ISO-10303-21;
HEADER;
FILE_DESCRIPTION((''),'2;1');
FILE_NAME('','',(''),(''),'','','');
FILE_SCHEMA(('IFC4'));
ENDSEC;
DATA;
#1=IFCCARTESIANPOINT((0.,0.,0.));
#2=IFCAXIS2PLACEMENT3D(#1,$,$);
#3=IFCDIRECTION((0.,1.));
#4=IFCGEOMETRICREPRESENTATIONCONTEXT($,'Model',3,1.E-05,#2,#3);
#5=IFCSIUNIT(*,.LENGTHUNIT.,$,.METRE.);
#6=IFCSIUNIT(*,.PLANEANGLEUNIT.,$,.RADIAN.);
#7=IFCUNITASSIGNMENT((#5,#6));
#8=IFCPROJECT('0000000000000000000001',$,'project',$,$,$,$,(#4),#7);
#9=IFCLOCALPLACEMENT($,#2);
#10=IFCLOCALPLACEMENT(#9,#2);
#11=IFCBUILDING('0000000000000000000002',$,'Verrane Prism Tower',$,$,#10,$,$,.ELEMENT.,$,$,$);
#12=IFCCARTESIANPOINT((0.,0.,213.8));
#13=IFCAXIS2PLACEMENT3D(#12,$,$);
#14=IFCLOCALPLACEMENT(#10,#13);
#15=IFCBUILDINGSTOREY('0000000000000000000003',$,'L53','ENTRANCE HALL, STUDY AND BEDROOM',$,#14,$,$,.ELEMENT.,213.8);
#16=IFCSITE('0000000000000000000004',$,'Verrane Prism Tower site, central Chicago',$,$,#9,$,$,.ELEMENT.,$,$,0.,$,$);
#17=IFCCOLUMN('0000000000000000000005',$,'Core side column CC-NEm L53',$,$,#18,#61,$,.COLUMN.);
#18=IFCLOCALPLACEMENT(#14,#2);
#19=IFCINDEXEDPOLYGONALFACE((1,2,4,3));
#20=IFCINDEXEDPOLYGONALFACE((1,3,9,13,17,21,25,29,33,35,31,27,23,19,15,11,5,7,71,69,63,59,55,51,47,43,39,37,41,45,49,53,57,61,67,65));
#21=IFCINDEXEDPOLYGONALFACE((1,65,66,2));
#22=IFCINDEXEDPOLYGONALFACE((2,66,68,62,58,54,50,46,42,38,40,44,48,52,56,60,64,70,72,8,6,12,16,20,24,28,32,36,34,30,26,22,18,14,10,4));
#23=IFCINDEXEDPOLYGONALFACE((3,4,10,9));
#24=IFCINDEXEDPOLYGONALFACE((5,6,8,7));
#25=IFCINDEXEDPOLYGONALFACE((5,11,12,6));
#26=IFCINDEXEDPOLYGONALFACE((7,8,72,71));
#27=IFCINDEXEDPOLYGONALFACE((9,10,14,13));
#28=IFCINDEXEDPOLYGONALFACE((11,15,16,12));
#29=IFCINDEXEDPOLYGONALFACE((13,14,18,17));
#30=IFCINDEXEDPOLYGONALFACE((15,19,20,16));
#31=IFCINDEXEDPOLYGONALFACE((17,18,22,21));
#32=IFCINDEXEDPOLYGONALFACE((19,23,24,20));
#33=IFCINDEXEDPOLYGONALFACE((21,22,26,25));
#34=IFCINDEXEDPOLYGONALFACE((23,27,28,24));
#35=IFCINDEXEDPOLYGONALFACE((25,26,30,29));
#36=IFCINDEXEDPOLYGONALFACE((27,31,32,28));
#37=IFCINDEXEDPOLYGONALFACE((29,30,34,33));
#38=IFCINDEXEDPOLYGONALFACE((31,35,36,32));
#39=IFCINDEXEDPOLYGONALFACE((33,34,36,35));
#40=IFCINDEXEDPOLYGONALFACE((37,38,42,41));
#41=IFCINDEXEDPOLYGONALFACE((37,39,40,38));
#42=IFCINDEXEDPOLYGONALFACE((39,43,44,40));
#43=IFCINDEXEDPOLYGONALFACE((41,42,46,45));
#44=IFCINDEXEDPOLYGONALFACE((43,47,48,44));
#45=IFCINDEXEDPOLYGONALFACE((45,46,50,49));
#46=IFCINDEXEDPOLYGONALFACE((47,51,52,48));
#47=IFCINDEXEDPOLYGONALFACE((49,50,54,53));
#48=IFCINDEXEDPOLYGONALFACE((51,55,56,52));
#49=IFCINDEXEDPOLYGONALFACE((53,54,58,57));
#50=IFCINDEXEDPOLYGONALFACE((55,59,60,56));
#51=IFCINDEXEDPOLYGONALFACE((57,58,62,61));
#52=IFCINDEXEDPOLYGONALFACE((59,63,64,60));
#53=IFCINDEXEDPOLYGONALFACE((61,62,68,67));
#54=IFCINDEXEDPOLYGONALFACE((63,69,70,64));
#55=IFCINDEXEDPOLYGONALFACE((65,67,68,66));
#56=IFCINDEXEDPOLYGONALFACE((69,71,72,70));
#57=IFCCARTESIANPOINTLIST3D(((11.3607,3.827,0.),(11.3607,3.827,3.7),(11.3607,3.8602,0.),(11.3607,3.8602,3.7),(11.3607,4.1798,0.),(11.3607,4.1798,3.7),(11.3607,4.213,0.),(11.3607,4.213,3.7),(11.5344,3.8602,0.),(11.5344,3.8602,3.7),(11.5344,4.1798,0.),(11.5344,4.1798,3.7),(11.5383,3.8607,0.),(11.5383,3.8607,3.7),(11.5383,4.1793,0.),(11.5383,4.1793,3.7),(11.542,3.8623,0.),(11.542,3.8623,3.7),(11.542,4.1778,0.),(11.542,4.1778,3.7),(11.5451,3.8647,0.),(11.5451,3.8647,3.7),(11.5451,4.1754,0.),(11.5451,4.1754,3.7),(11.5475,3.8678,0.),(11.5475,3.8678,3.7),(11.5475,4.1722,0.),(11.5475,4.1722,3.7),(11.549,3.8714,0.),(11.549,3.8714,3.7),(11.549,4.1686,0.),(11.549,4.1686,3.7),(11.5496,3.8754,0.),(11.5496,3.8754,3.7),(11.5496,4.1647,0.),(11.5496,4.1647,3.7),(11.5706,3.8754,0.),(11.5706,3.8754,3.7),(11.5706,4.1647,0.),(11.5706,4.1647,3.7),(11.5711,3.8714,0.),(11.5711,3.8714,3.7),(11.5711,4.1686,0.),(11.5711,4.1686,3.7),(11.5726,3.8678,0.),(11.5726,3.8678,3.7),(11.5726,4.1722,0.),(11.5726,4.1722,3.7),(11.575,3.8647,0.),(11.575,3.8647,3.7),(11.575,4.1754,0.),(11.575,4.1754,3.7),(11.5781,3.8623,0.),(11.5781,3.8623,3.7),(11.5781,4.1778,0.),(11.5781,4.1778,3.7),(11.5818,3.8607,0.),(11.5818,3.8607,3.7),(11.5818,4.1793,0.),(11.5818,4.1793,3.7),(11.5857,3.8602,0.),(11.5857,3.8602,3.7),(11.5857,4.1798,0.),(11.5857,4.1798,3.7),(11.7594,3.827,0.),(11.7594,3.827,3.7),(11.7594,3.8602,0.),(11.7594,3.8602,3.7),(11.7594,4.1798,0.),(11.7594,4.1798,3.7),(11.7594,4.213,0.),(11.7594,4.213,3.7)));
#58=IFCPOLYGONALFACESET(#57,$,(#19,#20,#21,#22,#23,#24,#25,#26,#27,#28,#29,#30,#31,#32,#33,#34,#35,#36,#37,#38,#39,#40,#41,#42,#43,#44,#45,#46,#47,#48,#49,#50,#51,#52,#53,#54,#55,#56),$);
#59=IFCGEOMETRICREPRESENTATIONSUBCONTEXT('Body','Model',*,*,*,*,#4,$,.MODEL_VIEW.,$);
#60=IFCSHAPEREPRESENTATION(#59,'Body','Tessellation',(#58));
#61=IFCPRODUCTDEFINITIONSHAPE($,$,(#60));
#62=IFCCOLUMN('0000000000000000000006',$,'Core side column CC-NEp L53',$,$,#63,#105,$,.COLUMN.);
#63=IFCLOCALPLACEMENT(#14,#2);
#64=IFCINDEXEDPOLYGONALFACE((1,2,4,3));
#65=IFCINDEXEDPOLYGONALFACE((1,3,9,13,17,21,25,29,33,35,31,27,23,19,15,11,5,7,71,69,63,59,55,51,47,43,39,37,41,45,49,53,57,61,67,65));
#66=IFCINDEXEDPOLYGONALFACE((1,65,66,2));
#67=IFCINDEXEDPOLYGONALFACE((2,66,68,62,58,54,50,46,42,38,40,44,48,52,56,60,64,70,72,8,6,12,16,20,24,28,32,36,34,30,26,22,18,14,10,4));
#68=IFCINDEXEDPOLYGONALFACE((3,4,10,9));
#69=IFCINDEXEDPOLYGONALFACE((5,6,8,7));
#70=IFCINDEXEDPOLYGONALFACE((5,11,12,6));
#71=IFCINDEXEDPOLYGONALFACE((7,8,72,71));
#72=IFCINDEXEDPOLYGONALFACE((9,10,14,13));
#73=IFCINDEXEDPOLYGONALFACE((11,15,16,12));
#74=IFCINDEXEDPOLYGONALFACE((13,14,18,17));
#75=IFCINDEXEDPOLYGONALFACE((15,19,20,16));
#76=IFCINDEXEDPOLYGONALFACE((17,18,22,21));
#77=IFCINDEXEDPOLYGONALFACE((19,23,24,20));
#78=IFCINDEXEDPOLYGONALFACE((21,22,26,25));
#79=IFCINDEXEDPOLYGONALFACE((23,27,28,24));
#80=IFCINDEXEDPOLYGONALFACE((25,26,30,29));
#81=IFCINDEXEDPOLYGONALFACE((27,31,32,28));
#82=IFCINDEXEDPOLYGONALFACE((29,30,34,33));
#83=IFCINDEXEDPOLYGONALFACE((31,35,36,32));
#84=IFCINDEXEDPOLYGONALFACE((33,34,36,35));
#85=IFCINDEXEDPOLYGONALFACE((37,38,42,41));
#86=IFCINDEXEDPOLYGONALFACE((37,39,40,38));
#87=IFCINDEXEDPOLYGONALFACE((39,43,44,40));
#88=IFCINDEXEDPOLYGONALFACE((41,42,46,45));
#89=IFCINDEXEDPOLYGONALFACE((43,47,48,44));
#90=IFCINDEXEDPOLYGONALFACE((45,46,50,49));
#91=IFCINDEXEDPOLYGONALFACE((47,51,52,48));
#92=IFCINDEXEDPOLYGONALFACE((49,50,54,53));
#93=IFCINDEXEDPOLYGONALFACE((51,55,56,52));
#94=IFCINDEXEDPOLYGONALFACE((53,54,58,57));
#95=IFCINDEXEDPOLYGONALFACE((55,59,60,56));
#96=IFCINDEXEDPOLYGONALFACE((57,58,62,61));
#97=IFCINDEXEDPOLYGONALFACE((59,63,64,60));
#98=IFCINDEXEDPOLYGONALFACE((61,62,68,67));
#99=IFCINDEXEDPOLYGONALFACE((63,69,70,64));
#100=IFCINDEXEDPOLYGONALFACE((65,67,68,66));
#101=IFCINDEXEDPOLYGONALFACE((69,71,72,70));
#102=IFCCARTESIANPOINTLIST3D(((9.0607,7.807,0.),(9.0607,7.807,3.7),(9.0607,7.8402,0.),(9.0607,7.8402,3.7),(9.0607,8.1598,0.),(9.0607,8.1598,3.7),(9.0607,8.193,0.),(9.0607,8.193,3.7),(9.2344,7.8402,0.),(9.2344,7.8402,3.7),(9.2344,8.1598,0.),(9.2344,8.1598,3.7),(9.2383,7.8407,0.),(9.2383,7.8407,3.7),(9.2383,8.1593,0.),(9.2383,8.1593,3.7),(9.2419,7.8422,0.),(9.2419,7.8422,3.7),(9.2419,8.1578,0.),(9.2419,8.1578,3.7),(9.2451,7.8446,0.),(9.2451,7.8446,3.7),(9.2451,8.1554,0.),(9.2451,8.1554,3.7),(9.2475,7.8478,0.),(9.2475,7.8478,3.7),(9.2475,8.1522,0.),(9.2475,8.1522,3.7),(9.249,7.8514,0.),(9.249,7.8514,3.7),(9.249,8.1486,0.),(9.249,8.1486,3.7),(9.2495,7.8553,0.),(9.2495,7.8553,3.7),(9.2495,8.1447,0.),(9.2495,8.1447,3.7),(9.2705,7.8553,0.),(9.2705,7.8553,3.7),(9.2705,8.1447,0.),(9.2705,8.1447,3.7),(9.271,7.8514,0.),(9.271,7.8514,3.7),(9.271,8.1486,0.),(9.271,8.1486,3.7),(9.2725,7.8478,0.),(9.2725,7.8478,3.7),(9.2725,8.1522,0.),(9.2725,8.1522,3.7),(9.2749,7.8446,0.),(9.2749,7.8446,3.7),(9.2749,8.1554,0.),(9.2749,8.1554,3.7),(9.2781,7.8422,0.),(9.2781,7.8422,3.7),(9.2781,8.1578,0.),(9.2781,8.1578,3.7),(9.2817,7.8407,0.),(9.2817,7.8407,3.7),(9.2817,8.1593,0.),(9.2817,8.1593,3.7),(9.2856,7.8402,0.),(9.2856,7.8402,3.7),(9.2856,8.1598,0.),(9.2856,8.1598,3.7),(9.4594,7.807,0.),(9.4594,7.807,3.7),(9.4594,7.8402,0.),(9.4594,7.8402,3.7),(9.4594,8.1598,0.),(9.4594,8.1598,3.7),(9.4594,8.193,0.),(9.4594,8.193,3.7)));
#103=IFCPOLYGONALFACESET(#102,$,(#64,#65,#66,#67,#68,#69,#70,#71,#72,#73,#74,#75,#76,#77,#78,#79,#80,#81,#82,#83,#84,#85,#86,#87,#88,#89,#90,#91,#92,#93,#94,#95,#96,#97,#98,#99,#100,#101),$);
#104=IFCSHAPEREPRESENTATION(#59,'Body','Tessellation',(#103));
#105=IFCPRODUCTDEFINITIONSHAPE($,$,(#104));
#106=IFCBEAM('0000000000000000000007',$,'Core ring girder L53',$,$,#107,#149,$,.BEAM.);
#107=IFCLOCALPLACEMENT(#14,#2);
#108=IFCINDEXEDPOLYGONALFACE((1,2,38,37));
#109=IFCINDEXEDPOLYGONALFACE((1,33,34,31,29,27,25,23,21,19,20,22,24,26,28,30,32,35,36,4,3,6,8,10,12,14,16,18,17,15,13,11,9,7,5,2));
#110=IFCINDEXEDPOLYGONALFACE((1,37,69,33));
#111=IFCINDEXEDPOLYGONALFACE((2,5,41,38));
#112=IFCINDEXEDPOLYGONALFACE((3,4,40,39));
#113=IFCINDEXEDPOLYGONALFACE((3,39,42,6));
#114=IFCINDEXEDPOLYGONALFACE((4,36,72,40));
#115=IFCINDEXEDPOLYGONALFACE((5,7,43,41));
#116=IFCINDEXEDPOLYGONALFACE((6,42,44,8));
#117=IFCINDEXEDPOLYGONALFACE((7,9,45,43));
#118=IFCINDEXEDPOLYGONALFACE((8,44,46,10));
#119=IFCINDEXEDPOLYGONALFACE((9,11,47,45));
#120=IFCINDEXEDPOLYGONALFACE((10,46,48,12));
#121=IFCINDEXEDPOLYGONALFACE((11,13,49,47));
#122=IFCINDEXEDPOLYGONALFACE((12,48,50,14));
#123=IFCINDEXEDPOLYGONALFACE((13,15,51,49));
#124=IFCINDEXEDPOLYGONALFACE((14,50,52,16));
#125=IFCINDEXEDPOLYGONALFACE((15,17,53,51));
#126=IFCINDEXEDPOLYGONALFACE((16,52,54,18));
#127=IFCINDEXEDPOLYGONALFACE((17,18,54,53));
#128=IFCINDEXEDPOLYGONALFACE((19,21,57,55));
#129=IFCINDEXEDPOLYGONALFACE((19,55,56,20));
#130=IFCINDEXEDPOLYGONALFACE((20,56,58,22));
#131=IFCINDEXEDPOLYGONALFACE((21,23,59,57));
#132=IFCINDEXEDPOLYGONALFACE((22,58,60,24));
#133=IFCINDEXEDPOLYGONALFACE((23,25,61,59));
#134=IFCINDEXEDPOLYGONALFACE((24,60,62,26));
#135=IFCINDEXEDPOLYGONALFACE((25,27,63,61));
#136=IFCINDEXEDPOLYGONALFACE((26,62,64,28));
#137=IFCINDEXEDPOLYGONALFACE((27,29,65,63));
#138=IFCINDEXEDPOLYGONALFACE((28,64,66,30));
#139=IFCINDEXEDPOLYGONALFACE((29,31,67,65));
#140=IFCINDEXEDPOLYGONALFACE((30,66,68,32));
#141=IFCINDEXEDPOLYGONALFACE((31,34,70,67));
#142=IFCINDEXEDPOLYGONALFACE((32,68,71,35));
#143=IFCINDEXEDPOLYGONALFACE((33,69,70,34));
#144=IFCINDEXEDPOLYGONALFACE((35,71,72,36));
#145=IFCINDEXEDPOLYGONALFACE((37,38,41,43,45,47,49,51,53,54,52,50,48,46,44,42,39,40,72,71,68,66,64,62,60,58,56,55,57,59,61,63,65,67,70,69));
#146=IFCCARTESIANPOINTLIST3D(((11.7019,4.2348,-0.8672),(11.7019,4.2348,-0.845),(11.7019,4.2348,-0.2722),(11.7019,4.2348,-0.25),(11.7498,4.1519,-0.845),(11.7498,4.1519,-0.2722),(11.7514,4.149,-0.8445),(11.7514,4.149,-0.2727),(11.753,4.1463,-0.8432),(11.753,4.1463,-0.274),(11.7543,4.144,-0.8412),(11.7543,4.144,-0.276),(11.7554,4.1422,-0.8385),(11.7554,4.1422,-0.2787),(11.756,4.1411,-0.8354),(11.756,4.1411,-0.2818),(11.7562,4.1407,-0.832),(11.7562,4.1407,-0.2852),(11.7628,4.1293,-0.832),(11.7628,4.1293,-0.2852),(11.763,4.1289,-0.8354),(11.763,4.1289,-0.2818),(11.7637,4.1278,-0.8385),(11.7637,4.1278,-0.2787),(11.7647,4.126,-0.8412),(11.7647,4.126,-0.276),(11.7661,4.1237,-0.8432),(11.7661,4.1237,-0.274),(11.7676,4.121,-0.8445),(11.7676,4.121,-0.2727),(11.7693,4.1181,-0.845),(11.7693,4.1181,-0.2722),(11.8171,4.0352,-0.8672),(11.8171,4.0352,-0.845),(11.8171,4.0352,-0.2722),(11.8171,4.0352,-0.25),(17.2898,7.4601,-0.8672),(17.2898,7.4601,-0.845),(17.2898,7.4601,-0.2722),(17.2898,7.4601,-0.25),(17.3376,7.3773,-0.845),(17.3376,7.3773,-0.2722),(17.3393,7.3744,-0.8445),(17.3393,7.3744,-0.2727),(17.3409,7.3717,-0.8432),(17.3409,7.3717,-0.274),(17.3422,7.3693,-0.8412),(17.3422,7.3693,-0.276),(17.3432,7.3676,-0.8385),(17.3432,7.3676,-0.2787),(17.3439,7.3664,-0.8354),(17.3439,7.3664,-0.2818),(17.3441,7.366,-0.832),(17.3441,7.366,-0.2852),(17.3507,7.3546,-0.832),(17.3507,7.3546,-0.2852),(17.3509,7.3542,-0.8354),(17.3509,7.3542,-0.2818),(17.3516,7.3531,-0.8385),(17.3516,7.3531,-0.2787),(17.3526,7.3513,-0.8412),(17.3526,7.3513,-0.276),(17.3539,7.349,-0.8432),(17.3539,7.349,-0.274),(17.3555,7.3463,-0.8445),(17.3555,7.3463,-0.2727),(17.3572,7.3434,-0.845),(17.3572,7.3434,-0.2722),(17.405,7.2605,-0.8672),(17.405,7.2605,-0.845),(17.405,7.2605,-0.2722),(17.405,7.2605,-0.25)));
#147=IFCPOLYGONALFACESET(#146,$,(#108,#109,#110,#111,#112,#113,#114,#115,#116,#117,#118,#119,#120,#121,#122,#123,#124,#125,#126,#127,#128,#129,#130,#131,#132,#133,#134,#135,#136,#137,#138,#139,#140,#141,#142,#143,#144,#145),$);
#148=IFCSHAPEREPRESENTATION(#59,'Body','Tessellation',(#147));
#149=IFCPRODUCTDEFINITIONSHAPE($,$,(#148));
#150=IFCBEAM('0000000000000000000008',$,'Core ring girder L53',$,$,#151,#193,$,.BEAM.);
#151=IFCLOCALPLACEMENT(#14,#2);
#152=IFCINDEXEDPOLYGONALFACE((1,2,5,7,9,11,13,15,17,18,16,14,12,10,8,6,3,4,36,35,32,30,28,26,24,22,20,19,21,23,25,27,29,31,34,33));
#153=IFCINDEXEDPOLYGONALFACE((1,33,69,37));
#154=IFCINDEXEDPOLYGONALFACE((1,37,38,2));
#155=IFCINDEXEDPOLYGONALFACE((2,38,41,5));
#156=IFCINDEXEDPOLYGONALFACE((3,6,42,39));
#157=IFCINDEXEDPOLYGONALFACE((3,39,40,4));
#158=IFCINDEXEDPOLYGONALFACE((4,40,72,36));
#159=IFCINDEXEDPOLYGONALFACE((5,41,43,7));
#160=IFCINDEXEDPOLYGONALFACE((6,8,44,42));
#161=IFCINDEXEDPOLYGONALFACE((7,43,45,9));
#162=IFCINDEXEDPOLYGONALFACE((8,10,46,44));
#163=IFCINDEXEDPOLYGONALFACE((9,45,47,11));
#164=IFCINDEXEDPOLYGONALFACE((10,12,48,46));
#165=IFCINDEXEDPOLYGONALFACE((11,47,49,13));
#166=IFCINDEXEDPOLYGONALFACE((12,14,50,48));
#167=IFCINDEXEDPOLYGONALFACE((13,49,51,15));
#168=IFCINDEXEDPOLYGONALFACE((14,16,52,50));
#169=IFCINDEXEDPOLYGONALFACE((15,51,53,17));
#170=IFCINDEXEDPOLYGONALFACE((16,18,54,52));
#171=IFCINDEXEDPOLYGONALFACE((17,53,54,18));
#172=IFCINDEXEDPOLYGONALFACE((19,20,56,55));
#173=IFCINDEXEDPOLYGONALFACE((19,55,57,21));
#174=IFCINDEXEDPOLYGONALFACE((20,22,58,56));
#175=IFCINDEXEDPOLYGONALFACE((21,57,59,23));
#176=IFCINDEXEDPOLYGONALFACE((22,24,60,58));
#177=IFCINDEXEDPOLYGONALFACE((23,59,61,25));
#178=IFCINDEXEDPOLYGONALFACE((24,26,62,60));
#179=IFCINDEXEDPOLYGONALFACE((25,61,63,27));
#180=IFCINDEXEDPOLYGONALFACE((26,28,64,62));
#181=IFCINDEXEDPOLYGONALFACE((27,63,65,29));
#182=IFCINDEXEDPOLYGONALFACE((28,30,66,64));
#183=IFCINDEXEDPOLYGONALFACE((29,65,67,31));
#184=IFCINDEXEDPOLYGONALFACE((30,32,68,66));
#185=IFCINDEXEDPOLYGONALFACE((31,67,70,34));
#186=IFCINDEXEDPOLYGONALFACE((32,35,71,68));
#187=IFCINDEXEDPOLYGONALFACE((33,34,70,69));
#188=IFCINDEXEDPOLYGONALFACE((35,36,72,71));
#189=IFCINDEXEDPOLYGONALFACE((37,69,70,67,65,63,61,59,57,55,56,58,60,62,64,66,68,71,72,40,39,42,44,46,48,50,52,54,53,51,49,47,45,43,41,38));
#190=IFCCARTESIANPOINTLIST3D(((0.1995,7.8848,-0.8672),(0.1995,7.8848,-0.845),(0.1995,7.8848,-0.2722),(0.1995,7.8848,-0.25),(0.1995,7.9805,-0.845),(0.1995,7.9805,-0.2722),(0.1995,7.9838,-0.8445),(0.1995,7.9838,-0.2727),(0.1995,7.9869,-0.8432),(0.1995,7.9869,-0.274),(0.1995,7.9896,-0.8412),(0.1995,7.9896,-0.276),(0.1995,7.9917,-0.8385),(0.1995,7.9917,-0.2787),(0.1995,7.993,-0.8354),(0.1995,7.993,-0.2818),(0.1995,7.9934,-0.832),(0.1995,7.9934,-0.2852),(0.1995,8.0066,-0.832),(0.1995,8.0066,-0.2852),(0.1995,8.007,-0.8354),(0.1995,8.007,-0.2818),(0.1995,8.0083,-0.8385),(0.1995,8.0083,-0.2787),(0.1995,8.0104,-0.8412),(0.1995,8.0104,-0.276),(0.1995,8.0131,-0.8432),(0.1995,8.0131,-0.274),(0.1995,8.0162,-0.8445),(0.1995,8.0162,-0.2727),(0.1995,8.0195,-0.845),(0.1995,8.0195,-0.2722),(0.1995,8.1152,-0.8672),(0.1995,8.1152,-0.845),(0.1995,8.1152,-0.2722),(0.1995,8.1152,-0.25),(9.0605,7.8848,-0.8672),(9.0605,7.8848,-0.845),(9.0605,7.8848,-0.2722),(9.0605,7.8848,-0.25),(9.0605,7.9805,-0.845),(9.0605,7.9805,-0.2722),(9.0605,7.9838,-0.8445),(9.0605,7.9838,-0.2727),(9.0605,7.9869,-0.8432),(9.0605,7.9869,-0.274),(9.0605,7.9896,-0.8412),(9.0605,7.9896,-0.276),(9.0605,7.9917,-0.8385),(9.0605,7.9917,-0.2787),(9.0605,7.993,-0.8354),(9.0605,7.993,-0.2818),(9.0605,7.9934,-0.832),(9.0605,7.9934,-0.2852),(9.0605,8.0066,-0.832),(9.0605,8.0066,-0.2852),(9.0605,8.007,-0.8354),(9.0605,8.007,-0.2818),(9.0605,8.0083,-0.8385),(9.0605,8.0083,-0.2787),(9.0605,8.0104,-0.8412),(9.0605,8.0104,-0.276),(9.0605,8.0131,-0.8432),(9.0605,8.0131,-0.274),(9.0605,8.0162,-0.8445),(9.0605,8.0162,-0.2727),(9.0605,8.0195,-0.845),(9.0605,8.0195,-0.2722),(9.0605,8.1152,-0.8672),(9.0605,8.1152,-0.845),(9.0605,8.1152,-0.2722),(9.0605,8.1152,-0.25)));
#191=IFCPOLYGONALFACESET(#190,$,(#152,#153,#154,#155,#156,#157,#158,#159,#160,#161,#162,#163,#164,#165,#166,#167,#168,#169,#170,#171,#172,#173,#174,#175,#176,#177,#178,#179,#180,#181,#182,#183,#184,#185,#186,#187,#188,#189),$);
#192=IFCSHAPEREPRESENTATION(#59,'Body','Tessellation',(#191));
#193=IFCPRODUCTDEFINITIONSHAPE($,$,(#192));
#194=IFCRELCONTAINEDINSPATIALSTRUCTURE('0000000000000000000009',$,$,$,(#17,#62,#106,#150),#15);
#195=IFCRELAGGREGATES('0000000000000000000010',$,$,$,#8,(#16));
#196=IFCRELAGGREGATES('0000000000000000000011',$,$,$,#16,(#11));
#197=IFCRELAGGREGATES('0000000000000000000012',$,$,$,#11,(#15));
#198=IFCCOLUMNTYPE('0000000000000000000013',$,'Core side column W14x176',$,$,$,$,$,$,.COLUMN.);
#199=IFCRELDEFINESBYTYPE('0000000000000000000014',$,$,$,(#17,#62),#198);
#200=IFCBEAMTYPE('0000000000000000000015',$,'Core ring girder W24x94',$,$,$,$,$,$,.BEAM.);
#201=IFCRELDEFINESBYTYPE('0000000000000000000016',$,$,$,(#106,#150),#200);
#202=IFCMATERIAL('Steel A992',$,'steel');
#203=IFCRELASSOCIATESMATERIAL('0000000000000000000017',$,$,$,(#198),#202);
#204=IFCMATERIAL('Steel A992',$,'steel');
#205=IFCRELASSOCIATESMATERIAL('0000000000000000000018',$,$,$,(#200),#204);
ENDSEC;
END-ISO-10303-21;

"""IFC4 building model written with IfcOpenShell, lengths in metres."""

from ifc_helpers import new_model, si_unit, direction, frame, origin, origin_2d, place, context, subcontext, project, spatial, i_section, extrude, material, material_profile, profile_set, type_object, element, save


model = new_model("IFC4")

# Units and contexts
model_context = context("Model", 3, precision=1e-05, world=origin(), true_north=direction((0.0, 1.0)))
body_context = subcontext(model_context, "Body", "Model", "MODEL_VIEW")
ifc_project = project(units=[si_unit("LENGTHUNIT", "METRE"), si_unit("PLANEANGLEUNIT", "RADIAN")], contexts=[model_context])

# Site, building, storey
site_placement = place(None, origin())
site = spatial("IfcSite", under=ifc_project, at=site_placement, Name="Verrane Prism Tower site, central Chicago", CompositionType="ELEMENT", RefElevation=0.0)
building_placement = place(site_placement, origin())
building = spatial("IfcBuilding", under=site, at=building_placement, Name="Verrane Prism Tower", CompositionType="ELEMENT")
storey_placement = place(building_placement, frame((0.0, 0.0, 213.8)))
storey = spatial("IfcBuildingStorey", under=building, at=storey_placement, Name="L53", Description="ENTRANCE HALL, STUDY AND BEDROOM", CompositionType="ELEMENT", Elevation=213.8)

# Columns
ifc_material_1 = material(Name="Steel A992", Category="steel")
ifc_material_profile_1 = material_profile(ifc_material_1, i_section(OverallWidth=0.3987, OverallDepth=0.386, WebThickness=0.021, FlangeThickness=0.0332, FilletRadius=0.0151, at=origin_2d()), Name="W14x176")
ifc_profile_set_1 = profile_set([ifc_material_profile_1], Name="Steel A992")
column_type = type_object("IfcColumnType", Name="Core side column W14x176", PredefinedType="COLUMN", material=ifc_profile_set_1)
for number, where, z_axis, x_axis, name in (
    (1, (11.5601, 4.02, 0.0), (0.0, 0.0, 1.0), (1.0, 0.0, 0.0), "Core side column CC-NEm L53"),
    (2, (9.26, 8.0, 0.0), (0.0, 0.0, 1.0), (1.0, 0.0, 0.0), "Core side column CC-NEp L53"),
):
    element("IfcColumn", number, at=place(storey_placement, frame(where, z_axis=z_axis, x_axis=x_axis)), inside=storey, type_object=column_type, Name=name, PredefinedType="COLUMN", context=body_context, shape_type="SweptSolid", body=[
        extrude(i_section(OverallWidth=0.3987, OverallDepth=0.386, WebThickness=0.021, FlangeThickness=0.0332, FilletRadius=0.0151, at=origin_2d()), origin(), (0.0, 0.0, 1.0), 3.7),
    ])

# Beams
ifc_material_2 = material(Name="Steel A992", Category="steel")
ifc_material_profile_2 = material_profile(ifc_material_2, i_section(OverallWidth=0.2305, OverallDepth=0.6172, WebThickness=0.0132, FlangeThickness=0.0222, FilletRadius=0.0129, at=origin_2d()), Name="W24x94")
ifc_profile_set_2 = profile_set([ifc_material_profile_2], Name="Steel A992")
beam_type = type_object("IfcBeamType", Name="Core ring girder W24x94", PredefinedType="BEAM", material=ifc_profile_set_2)
beam_1_placement = place(storey_placement, frame((11.7595, 4.135, -0.5586), z_axis=(0.866081, 0.499904, 0.0), x_axis=(-0.499904, 0.866081, 0.0)))
element("IfcBeam", 3, at=beam_1_placement, inside=storey, type_object=beam_type, Name="Core ring girder L53", PredefinedType="BEAM", context=body_context, shape_type="SweptSolid", body=[
    extrude(i_section(OverallWidth=0.2305, OverallDepth=0.6172, WebThickness=0.0132, FlangeThickness=0.0222, FilletRadius=0.0129, at=origin_2d()), origin(), (0.0, 0.0, 1.0), 6.4519),
])
beam_2_placement = place(storey_placement, frame((9.0605, 8.0, -0.5586), z_axis=(-1.0, 0.0, 0.0), x_axis=(0.0, -1.0, 0.0)))
element("IfcBeam", 4, at=beam_2_placement, inside=storey, type_object=beam_type, Name="Core ring girder L53", PredefinedType="BEAM", context=body_context, shape_type="SweptSolid", body=[
    extrude(i_section(OverallWidth=0.2305, OverallDepth=0.6172, WebThickness=0.0132, FlangeThickness=0.0222, FilletRadius=0.0129, at=origin_2d()), origin(), (0.0, 0.0, 1.0), 8.8611),
])

save(model, "model.ifc")
